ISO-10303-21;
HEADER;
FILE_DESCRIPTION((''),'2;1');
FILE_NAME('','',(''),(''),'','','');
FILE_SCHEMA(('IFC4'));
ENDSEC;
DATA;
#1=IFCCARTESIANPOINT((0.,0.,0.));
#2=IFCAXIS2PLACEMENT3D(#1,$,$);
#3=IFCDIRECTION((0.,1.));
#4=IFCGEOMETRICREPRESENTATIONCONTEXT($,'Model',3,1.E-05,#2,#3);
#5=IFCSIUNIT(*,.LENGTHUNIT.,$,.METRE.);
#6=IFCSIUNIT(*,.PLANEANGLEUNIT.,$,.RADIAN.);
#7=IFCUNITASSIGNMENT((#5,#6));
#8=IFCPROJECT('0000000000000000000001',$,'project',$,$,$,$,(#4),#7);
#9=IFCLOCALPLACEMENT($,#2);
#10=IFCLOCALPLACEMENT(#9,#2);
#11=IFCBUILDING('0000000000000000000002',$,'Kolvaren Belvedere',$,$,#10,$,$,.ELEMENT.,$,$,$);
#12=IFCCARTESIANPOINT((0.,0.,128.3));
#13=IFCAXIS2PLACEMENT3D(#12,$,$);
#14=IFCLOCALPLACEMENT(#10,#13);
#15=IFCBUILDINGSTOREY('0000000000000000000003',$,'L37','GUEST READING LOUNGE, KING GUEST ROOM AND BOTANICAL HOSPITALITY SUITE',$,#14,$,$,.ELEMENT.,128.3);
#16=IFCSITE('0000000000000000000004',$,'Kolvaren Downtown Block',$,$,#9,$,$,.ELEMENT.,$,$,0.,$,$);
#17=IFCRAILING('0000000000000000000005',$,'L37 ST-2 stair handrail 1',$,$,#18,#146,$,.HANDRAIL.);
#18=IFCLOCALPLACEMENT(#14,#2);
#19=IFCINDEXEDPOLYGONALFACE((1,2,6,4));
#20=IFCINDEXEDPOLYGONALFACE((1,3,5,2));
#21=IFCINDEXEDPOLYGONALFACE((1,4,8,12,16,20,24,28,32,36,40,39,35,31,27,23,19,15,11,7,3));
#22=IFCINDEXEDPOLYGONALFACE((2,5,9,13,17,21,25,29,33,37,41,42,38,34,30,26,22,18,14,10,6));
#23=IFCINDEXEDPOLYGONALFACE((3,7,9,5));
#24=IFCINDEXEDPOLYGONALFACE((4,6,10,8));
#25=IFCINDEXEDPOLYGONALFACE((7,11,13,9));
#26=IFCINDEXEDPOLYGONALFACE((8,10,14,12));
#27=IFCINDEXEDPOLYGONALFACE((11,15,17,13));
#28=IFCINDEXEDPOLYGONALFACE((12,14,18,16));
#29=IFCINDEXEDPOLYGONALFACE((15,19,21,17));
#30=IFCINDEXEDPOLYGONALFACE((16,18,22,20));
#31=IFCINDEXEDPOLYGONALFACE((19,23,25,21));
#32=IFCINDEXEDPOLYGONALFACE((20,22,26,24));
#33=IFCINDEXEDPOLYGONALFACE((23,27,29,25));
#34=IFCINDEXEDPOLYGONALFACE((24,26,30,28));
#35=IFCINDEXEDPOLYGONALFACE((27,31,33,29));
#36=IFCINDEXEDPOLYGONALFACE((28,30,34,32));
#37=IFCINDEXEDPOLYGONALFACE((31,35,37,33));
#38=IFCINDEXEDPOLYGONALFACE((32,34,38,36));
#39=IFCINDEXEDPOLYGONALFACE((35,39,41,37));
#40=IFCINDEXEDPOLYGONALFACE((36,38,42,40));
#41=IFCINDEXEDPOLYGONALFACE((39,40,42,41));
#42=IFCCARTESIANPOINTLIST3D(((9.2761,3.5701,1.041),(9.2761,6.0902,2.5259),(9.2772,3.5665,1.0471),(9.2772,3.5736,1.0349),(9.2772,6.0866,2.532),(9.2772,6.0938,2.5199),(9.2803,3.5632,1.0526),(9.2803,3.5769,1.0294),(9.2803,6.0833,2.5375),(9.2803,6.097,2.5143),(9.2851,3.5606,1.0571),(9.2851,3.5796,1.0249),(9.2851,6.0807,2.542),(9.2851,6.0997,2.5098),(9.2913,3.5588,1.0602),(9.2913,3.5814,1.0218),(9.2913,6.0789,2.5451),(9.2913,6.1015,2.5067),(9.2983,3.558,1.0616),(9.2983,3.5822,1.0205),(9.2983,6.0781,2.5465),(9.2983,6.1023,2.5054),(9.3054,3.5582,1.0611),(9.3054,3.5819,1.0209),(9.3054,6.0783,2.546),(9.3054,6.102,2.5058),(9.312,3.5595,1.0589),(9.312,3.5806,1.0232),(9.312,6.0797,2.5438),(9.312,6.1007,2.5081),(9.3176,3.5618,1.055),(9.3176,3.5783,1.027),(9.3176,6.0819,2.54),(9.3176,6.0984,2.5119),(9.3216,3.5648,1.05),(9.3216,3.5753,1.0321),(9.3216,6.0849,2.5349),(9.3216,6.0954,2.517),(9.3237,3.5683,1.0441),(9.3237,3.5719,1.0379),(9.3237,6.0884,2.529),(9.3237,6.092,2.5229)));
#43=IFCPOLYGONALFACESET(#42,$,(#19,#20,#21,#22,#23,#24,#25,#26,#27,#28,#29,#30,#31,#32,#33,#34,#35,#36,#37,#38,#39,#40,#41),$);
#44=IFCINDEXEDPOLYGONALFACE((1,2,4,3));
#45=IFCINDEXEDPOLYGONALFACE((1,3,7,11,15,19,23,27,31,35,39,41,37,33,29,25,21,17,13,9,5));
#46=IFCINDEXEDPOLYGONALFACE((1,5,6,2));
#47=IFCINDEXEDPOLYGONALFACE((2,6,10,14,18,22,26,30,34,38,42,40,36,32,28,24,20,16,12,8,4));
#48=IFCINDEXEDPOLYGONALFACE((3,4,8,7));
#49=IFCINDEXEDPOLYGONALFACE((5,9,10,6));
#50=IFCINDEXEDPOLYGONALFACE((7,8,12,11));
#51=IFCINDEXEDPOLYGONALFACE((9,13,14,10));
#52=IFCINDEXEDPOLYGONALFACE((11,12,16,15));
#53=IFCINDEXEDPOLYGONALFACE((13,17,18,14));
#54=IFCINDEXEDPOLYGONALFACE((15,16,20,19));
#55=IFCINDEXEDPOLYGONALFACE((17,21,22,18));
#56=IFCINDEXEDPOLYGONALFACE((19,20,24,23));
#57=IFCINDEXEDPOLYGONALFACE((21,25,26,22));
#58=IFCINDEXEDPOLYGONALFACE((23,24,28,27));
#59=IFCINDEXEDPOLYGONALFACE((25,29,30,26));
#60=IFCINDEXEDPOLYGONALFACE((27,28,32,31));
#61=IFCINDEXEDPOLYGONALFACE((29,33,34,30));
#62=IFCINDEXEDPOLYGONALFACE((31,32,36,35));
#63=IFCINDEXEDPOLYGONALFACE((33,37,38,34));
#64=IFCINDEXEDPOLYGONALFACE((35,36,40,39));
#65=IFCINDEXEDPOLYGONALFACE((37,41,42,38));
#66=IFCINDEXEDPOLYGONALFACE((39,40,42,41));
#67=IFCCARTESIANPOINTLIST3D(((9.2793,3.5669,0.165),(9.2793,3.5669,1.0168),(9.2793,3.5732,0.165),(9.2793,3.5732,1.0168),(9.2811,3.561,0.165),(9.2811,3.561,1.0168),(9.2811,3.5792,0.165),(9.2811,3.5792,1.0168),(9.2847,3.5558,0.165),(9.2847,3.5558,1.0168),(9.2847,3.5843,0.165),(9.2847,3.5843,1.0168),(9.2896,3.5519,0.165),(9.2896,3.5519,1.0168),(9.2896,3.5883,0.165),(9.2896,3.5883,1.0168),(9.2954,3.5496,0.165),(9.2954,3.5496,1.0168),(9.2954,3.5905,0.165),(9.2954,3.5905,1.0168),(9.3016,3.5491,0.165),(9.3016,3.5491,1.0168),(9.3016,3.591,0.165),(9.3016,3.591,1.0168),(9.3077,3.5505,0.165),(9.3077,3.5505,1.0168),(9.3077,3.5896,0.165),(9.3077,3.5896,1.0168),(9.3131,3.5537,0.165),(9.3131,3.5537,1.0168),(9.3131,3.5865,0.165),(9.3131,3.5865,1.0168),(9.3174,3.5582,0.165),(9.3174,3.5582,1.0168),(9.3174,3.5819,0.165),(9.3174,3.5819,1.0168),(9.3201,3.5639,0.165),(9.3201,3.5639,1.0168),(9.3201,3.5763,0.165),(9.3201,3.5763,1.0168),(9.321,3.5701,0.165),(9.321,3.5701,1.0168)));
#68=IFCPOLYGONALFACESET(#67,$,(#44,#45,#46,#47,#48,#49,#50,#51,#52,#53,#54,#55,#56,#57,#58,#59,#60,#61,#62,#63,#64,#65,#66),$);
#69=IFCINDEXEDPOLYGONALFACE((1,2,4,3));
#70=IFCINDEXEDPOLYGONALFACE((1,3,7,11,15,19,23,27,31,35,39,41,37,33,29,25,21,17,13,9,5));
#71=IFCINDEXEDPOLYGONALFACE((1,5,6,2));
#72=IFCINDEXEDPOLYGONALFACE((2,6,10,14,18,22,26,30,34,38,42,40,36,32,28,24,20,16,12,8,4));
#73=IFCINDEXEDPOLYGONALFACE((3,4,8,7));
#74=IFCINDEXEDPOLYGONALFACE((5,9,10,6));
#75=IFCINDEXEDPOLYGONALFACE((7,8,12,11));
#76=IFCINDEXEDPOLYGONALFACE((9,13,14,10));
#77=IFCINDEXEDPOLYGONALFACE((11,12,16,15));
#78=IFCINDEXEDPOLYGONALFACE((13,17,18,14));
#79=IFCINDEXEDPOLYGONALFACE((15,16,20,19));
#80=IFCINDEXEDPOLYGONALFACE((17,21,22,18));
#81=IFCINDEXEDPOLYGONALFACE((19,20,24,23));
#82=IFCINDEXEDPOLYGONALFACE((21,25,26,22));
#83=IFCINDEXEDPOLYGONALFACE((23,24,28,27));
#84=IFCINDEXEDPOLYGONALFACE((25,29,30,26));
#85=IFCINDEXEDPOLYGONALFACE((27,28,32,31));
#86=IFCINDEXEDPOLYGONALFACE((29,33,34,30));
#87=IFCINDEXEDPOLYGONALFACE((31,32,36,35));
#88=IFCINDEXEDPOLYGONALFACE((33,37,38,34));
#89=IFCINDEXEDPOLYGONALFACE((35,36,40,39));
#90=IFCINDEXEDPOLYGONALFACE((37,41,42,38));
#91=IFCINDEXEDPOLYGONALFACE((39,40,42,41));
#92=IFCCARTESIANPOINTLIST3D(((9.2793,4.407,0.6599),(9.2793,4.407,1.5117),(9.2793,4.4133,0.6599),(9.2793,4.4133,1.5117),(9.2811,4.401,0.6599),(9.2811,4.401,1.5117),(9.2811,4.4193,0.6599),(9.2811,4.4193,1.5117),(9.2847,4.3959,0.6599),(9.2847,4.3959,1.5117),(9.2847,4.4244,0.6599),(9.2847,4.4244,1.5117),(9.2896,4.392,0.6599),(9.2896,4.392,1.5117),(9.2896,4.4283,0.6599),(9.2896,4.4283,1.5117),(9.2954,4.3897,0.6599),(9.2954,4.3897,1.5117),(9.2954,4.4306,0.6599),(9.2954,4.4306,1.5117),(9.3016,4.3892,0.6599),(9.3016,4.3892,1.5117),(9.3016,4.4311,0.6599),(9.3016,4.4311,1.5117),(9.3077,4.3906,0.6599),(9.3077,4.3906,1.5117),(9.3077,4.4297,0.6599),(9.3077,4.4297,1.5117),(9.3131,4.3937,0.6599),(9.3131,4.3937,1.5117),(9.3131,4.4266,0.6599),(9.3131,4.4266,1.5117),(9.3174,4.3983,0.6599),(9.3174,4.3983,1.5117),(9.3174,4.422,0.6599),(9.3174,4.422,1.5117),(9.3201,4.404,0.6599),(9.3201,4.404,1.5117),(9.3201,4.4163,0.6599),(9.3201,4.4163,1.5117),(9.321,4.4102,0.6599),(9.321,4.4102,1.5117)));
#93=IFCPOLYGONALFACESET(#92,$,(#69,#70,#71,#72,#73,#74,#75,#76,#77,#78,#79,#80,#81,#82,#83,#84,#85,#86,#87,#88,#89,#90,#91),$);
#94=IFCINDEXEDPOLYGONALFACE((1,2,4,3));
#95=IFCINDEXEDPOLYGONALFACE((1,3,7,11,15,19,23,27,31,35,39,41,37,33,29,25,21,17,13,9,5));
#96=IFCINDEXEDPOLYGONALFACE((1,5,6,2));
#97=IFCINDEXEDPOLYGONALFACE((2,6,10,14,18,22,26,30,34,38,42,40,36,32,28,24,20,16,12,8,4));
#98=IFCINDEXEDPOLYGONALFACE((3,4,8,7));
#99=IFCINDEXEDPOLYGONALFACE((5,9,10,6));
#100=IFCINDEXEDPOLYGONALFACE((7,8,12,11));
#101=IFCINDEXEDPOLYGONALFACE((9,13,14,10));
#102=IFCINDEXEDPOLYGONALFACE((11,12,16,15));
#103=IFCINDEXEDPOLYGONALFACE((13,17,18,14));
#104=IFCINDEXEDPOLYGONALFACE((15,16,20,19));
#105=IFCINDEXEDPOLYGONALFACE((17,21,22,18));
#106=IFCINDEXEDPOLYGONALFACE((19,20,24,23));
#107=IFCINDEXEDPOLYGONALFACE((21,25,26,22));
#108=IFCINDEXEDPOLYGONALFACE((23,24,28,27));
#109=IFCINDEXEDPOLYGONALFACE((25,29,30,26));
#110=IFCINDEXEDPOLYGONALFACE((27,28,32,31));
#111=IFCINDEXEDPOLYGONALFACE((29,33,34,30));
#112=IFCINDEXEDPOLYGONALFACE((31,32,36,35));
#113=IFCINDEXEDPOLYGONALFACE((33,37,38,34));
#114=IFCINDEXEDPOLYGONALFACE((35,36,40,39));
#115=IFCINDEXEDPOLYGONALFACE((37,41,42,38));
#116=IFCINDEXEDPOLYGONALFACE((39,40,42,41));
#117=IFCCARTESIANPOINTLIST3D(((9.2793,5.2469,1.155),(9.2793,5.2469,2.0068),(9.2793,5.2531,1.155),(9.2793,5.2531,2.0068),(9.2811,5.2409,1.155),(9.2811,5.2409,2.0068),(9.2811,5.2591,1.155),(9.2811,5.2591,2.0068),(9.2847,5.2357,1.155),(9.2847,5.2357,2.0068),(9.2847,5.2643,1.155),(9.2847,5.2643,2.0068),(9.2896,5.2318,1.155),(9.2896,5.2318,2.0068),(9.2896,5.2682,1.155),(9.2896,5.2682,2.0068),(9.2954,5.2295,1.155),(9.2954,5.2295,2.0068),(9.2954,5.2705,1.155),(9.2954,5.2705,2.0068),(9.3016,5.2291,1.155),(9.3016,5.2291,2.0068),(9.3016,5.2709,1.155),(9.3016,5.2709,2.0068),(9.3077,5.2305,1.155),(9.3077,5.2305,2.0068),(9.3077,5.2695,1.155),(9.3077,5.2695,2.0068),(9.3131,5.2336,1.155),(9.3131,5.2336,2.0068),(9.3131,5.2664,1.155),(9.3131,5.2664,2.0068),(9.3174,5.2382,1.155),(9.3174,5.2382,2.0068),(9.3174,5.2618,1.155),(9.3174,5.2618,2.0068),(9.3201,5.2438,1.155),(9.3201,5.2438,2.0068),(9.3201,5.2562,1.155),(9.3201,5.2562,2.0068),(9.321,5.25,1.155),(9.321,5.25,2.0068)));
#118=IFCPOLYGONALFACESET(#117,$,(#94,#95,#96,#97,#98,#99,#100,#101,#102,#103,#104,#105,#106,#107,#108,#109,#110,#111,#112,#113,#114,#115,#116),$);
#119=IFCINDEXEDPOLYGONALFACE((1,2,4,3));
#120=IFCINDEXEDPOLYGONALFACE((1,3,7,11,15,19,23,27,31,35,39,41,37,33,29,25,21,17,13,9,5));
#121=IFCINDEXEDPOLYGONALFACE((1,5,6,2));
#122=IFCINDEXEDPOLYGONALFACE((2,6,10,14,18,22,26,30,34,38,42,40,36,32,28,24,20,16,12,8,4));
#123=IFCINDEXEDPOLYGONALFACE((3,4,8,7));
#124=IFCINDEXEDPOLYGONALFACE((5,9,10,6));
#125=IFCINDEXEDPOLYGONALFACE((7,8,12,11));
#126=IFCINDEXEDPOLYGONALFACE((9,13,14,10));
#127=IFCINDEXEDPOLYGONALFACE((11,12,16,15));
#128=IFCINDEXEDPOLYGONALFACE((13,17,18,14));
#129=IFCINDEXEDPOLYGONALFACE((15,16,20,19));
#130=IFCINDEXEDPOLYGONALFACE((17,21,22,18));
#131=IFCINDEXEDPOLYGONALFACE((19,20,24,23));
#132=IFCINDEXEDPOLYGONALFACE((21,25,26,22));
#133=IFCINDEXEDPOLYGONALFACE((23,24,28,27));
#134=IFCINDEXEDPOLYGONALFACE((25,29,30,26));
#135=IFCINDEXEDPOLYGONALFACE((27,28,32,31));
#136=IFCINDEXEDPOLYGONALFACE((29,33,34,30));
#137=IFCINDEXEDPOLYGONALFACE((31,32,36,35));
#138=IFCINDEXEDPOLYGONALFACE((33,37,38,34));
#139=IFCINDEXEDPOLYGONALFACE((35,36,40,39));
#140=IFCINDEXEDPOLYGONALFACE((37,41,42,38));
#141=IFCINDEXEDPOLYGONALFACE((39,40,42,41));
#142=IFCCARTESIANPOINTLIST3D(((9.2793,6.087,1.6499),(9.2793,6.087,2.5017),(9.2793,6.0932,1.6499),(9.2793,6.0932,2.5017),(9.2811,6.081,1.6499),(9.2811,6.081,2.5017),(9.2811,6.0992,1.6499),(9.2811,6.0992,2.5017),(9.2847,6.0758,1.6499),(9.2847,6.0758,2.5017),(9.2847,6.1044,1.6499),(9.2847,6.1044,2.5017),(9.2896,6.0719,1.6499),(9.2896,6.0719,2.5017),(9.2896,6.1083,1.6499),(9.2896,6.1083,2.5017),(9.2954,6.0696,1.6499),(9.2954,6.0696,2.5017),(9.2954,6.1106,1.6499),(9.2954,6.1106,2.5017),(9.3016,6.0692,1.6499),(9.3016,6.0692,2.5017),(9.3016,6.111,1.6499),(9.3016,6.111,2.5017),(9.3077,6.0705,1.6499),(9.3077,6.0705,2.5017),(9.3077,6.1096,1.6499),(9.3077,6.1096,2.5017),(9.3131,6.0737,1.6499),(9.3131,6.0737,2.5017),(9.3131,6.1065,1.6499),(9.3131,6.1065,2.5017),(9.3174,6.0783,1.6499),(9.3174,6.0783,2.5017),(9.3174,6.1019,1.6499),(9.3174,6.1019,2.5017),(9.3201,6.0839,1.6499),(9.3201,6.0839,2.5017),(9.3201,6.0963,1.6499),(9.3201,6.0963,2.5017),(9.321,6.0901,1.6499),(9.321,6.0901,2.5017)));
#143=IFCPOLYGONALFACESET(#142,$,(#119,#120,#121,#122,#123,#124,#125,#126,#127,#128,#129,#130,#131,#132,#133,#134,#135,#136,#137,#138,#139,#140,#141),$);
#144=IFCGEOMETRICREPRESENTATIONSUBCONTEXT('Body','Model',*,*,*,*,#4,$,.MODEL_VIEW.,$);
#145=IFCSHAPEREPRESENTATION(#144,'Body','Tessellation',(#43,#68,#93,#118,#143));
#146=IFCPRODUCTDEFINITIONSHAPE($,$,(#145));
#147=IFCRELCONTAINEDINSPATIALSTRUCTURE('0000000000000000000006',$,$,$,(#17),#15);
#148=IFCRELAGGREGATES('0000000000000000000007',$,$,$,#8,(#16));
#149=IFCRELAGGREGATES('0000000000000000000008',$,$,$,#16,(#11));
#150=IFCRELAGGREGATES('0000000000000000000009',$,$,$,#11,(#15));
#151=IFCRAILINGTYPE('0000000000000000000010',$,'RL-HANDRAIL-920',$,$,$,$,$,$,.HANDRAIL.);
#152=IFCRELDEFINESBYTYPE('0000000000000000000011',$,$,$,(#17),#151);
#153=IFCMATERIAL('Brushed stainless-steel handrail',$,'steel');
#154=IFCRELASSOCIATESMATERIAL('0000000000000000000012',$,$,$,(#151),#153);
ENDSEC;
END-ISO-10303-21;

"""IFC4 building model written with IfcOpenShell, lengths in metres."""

from ifc_helpers import new_model, si_unit, direction, frame, origin, origin_2d, place, context, subcontext, project, spatial, circle, extrude, material, type_object, element, save


model = new_model("IFC4")

# Units and contexts
model_context = context("Model", 3, precision=1e-05, world=origin(), true_north=direction((0.0, 1.0)))
body_context = subcontext(model_context, "Body", "Model", "MODEL_VIEW")
ifc_project = project(units=[si_unit("LENGTHUNIT", "METRE"), si_unit("PLANEANGLEUNIT", "RADIAN")], contexts=[model_context])

# Site, building, storey
site_placement = place(None, origin())
site = spatial("IfcSite", under=ifc_project, at=site_placement, Name="Kolvaren Downtown Block", CompositionType="ELEMENT", RefElevation=0.0)
building_placement = place(site_placement, origin())
building = spatial("IfcBuilding", under=site, at=building_placement, Name="Kolvaren Belvedere", CompositionType="ELEMENT")
storey_placement = place(building_placement, frame((0.0, 0.0, 128.3)))
storey = spatial("IfcBuildingStorey", under=building, at=storey_placement, Name="L37", Description="GUEST READING LOUNGE, KING GUEST ROOM AND BOTANICAL HOSPITALITY SUITE", CompositionType="ELEMENT", Elevation=128.3)

# Railing
ifc_material_1 = material(Name="Brushed stainless-steel handrail", Category="steel")
railing_type_1 = type_object("IfcRailingType", Name="RL-HANDRAIL-920", PredefinedType="HANDRAIL", material=ifc_material_1)
railing_1_placement = place(storey_placement, frame((9.3, 3.5701, 0.165)))
element("IfcRailing", 1, at=railing_1_placement, inside=storey, type_object=railing_type_1, Name="L37 ST-2 stair handrail 1", PredefinedType="HANDRAIL", context=body_context, shape_type="SweptSolid", body=[
    extrude(circle(Radius=0.0239, at=origin_2d()), frame((0.0, 0.0, 0.876), z_axis=(0.0, 0.861561, 0.507655), x_axis=(-1.0, 0.0, 0.0)), (0.0, 0.0, 1.0), 2.925),
    extrude(circle(Radius=0.021, at=origin_2d()), origin(), (0.0, 0.0, 1.0), 0.8518),
    extrude(circle(Radius=0.021, at=origin_2d()), frame((0.0, 0.8401, 0.4949)), (0.0, 0.0, 1.0), 0.8518),
    extrude(circle(Radius=0.021, at=origin_2d()), frame((0.0, 1.6799, 0.99)), (0.0, 0.0, 1.0), 0.8518),
    extrude(circle(Radius=0.021, at=origin_2d()), frame((0.0, 2.52, 1.4849)), (0.0, 0.0, 1.0), 0.8518),
])

save(model, "model.ifc")
